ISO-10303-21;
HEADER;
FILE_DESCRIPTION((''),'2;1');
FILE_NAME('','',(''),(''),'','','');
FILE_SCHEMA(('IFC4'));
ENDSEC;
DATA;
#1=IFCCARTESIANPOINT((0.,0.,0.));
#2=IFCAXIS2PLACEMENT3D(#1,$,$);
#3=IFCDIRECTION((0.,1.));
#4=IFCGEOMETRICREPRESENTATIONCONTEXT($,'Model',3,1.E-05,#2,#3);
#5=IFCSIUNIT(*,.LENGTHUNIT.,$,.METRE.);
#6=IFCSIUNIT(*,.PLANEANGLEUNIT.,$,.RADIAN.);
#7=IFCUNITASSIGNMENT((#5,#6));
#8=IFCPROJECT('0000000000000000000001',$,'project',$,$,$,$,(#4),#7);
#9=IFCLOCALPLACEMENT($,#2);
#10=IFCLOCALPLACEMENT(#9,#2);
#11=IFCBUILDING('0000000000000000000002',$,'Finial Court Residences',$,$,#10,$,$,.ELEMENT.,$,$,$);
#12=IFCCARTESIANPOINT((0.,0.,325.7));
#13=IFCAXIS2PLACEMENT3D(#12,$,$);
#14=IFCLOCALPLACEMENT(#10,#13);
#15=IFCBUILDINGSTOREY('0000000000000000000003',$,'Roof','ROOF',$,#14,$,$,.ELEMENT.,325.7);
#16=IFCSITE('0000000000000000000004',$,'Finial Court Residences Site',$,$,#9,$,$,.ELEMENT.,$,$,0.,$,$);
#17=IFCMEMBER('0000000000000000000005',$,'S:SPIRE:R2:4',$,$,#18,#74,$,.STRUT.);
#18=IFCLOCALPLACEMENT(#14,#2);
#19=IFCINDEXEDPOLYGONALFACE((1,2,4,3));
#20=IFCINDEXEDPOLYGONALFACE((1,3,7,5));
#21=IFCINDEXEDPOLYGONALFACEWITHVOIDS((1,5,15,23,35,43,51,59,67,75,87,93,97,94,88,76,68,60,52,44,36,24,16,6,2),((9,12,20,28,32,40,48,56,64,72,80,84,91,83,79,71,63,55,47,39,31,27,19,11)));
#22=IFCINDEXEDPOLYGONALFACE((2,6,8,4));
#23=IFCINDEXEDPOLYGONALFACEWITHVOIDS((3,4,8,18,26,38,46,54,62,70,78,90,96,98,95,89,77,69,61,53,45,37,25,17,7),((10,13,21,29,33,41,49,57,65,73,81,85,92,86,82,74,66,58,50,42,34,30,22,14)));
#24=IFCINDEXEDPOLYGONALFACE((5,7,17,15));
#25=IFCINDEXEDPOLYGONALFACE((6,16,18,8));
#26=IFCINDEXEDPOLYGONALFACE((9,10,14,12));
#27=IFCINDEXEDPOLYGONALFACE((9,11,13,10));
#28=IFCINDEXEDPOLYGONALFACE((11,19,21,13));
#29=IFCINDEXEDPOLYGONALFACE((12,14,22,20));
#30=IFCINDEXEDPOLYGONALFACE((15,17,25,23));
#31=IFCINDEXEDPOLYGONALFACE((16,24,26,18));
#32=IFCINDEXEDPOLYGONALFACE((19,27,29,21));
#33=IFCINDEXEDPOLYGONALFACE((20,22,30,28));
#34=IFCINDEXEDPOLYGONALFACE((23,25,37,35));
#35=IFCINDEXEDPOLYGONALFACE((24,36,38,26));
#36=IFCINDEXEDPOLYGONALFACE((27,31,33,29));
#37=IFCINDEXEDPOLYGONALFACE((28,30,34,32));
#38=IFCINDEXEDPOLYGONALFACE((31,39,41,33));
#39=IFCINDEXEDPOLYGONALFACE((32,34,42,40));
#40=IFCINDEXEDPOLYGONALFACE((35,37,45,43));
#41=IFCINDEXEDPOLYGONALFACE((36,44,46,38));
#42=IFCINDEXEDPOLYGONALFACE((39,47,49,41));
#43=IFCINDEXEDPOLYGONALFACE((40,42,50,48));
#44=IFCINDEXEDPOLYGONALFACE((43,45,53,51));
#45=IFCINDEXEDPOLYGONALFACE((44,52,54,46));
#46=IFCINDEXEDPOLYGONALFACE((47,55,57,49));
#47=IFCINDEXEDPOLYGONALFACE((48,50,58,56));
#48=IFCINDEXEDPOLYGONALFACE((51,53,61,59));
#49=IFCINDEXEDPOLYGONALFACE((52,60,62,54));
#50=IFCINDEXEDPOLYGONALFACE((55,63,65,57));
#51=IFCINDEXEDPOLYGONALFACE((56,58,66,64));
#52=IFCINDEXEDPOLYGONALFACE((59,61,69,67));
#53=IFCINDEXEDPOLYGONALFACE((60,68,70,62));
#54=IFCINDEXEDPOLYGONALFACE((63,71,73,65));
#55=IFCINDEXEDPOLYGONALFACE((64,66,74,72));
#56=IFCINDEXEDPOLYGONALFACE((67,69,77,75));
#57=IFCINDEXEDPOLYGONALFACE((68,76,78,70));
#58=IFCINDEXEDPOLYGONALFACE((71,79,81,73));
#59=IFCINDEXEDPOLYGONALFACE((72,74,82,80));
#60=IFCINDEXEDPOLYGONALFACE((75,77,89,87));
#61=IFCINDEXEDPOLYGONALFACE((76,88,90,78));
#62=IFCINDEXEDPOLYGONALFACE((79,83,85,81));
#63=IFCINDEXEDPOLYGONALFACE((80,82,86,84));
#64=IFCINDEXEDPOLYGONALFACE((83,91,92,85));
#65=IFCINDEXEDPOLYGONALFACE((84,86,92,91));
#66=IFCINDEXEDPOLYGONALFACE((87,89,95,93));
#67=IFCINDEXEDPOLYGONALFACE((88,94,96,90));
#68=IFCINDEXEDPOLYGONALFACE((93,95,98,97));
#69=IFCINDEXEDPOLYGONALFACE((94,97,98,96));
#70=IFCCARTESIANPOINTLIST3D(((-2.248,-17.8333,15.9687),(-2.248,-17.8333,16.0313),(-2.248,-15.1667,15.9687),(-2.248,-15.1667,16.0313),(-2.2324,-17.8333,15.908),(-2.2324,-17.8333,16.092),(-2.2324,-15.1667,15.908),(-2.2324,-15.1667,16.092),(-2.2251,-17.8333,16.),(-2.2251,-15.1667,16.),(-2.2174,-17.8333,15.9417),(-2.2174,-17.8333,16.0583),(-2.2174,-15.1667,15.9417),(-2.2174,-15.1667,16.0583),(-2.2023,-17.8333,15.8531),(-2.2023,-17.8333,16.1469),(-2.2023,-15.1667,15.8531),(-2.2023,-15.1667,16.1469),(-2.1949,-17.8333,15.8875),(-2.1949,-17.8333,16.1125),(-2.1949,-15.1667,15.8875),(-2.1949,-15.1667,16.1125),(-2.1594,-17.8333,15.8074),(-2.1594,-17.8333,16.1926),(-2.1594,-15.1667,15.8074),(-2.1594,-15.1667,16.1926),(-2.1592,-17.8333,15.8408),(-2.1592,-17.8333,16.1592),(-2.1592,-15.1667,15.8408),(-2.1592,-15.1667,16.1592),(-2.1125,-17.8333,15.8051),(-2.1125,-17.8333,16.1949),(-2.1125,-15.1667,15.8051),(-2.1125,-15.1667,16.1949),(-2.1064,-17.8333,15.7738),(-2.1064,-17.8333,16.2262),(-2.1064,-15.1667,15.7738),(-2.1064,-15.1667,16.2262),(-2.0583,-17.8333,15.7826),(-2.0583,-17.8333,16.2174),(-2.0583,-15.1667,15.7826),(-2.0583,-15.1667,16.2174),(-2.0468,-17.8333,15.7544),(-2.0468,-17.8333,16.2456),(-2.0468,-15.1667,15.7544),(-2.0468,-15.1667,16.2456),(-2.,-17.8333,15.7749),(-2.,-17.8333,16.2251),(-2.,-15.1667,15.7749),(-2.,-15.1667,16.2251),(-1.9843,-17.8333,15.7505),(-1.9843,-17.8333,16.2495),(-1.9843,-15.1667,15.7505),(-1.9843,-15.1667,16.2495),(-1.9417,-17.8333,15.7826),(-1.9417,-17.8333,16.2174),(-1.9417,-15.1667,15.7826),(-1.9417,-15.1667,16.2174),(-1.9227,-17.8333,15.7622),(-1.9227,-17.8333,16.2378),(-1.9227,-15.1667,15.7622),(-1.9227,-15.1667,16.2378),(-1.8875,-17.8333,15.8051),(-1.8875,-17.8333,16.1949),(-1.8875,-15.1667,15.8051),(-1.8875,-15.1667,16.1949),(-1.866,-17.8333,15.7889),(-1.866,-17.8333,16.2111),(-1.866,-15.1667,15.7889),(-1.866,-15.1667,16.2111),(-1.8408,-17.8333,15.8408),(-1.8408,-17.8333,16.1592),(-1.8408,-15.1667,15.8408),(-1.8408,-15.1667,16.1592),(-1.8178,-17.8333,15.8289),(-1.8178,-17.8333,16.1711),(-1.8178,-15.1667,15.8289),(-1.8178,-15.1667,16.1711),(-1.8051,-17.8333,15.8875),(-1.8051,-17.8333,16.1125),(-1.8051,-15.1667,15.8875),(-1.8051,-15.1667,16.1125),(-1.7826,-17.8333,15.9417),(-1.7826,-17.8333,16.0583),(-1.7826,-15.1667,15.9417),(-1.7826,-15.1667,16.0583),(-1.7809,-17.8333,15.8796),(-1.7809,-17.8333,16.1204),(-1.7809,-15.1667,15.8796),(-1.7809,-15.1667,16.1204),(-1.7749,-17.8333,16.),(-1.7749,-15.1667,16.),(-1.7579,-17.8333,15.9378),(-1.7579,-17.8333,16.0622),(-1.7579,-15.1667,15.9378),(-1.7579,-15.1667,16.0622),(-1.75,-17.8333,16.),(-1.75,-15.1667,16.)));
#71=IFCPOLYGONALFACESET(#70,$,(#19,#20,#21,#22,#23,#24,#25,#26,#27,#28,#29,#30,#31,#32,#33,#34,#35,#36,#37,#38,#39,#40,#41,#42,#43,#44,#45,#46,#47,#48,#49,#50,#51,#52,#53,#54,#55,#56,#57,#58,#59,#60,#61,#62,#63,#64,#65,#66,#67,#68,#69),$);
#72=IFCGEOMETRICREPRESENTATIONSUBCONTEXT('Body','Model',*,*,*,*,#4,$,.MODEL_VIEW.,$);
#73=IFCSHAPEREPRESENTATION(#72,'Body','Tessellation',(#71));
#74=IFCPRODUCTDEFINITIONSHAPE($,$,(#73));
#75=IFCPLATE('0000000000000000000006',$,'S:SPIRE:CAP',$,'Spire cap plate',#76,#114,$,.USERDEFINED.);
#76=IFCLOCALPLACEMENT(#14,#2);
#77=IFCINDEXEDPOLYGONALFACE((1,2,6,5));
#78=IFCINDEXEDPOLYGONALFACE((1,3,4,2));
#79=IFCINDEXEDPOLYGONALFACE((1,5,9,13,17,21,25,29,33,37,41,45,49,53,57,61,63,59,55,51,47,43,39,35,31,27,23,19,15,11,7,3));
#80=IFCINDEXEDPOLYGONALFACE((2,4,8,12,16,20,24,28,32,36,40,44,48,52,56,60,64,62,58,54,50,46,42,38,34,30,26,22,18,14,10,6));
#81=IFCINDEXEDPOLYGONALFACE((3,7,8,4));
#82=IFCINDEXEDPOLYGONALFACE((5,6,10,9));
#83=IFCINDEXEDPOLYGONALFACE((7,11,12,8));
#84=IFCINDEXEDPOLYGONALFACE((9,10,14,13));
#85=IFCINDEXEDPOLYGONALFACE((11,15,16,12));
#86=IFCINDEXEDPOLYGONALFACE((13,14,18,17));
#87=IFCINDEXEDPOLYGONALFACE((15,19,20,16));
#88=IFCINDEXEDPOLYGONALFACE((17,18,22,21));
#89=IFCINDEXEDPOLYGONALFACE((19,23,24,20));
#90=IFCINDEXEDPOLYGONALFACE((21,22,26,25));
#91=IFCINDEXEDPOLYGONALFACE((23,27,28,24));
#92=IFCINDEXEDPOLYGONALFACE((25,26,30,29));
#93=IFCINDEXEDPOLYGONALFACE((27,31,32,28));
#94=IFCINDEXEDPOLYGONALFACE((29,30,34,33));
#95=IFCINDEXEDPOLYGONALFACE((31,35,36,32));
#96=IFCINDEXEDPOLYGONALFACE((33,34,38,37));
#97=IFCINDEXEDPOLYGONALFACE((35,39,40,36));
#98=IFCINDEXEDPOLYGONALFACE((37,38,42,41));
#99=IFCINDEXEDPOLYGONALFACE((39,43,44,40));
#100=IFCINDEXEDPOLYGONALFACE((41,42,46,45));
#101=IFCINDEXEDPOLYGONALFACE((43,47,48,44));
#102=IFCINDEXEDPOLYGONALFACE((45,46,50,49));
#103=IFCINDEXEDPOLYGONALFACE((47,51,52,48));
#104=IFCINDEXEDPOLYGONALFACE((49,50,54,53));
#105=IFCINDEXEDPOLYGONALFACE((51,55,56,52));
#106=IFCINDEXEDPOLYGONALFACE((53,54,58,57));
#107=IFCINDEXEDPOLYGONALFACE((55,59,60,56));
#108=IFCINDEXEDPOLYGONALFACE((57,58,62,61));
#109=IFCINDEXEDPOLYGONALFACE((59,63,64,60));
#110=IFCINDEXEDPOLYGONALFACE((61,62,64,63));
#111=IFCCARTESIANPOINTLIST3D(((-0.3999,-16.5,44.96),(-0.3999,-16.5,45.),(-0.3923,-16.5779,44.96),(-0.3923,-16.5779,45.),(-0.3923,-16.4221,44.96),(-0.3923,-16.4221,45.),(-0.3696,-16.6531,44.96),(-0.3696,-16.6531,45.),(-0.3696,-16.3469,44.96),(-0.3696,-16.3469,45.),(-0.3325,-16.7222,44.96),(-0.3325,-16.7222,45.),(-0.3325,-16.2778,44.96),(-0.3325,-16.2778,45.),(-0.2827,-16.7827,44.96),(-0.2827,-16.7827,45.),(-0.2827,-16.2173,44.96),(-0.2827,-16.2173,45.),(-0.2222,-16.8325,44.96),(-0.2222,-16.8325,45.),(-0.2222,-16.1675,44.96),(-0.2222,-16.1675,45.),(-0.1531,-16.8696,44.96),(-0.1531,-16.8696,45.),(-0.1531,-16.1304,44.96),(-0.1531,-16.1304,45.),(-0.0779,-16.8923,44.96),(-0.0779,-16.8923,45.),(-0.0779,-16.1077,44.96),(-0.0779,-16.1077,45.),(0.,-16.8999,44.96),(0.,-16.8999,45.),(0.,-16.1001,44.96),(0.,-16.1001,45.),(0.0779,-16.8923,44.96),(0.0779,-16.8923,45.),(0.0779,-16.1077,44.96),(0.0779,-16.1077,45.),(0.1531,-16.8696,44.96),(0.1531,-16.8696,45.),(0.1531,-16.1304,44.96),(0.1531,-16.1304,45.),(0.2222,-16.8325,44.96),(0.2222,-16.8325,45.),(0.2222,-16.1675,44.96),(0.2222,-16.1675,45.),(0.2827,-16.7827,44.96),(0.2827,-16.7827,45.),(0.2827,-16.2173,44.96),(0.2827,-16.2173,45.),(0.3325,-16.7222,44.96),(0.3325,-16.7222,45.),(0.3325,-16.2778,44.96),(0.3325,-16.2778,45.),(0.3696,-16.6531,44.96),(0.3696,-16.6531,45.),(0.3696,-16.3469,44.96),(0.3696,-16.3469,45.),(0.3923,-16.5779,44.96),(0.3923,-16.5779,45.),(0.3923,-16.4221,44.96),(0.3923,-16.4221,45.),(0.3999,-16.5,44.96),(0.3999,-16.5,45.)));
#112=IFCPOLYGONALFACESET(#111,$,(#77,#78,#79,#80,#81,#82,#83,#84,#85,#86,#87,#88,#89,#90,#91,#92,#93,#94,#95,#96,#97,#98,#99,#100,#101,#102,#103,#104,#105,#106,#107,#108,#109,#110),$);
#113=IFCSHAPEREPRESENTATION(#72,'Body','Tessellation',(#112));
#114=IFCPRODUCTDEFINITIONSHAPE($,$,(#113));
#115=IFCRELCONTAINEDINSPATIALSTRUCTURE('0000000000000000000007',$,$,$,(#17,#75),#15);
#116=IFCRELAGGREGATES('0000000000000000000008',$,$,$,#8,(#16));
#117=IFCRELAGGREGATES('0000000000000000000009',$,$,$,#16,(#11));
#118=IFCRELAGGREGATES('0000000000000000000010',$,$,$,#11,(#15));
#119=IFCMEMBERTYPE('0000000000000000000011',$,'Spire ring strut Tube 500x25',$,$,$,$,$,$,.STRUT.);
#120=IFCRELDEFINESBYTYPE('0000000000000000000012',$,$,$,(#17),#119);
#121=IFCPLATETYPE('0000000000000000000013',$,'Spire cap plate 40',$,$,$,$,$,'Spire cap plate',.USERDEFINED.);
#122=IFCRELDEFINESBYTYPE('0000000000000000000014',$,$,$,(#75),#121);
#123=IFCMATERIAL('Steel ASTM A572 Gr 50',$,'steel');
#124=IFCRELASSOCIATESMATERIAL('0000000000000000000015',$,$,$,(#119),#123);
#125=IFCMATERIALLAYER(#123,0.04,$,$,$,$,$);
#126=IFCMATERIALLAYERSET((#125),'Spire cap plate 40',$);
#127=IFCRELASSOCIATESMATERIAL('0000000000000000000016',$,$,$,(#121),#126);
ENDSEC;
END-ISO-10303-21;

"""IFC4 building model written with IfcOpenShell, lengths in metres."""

from ifc_helpers import new_model, si_unit, direction, frame, origin, origin_2d, place, context, subcontext, project, spatial, polyline, hollow_circle, outline, extrude, material, layer, layer_set, material_profile, profile_set, type_object, element, save


model = new_model("IFC4")

# Units and contexts
model_context = context("Model", 3, precision=1e-05, world=origin(), true_north=direction((0.0, 1.0)))
body_context = subcontext(model_context, "Body", "Model", "MODEL_VIEW")
ifc_project = project(units=[si_unit("LENGTHUNIT", "METRE"), si_unit("PLANEANGLEUNIT", "RADIAN")], contexts=[model_context])

# Site, building, storey
site_placement = place(None, origin())
site = spatial("IfcSite", under=ifc_project, at=site_placement, Name="Finial Court Residences Site", CompositionType="ELEMENT", RefElevation=0.0)
building_placement = place(site_placement, origin())
building = spatial("IfcBuilding", under=site, at=building_placement, Name="Finial Court Residences", CompositionType="ELEMENT")
storey_placement = place(building_placement, frame((0.0, 0.0, 325.7)))
storey = spatial("IfcBuildingStorey", under=building, at=storey_placement, Name="Roof", Description="ROOF", CompositionType="ELEMENT", Elevation=325.7)

# Member
ifc_material = material(Name="Steel ASTM A572 Gr 50", Category="steel")
ifc_material_profile_1 = material_profile(ifc_material, hollow_circle(Radius=0.25, WallThickness=0.0249, at=origin_2d()), Name="Tube 500x25")
ifc_profile_set_1 = profile_set([ifc_material_profile_1], Name="Steel ASTM A572 Gr 50")
member_type_1 = type_object("IfcMemberType", Name="Spire ring strut Tube 500x25", PredefinedType="STRUT", material=ifc_profile_set_1)
member_1_placement = place(storey_placement, frame((-2.0, -15.1667, 16.0), z_axis=(0.0, -1.0, 0.0), x_axis=(1.0, 0.0, 0.0)))
element("IfcMember", 1, at=member_1_placement, inside=storey, type_object=member_type_1, Name="S:SPIRE:R2:4", PredefinedType="STRUT", context=body_context, shape_type="SweptSolid", body=[
    extrude(hollow_circle(Radius=0.25, WallThickness=0.0249, at=origin_2d()), origin(), (0.0, 0.0, 1.0), 2.6665),
])

# Plate
ifc_layer = layer(ifc_material, 0.04)
ifc_layer_set = layer_set([ifc_layer], Name="Spire cap plate 40")
plate_type = type_object("IfcPlateType", Name="Spire cap plate 40", ElementType="Spire cap plate", PredefinedType="USERDEFINED", material=ifc_layer_set)
plate_placement = place(storey_placement, frame((0.0, 0.0, 44.96)))
element("IfcPlate", 2, at=plate_placement, inside=storey, type_object=plate_type, Name="S:SPIRE:CAP", ObjectType="Spire cap plate", PredefinedType="USERDEFINED", context=body_context, shape_type="SweptSolid", body=[
    extrude(outline(polyline([(0.3999, -16.5), (0.3923, -16.4221), (0.3696, -16.3469), (0.3325, -16.2778), (0.2827, -16.2173), (0.2222, -16.1675), (0.1531, -16.1304), (0.0779, -16.1077), (0.0, -16.1001), (-0.0779, -16.1077), (-0.1531, -16.1304), (-0.2222, -16.1675), (-0.2827, -16.2173), (-0.3325, -16.2778), (-0.3696, -16.3469), (-0.3923, -16.4221), (-0.3999, -16.5), (-0.3923, -16.5779), (-0.3696, -16.6531), (-0.3325, -16.7222), (-0.2827, -16.7827), (-0.2222, -16.8325), (-0.1531, -16.8696), (-0.0779, -16.8923), (0.0, -16.8999), (0.0779, -16.8923), (0.1531, -16.8696), (0.2222, -16.8325), (0.2827, -16.7827), (0.3325, -16.7222), (0.3696, -16.6531), (0.3923, -16.5779), (0.3999, -16.5)])), origin(), (0.0, 0.0, 1.0), 0.04),
])

save(model, "model.ifc")
